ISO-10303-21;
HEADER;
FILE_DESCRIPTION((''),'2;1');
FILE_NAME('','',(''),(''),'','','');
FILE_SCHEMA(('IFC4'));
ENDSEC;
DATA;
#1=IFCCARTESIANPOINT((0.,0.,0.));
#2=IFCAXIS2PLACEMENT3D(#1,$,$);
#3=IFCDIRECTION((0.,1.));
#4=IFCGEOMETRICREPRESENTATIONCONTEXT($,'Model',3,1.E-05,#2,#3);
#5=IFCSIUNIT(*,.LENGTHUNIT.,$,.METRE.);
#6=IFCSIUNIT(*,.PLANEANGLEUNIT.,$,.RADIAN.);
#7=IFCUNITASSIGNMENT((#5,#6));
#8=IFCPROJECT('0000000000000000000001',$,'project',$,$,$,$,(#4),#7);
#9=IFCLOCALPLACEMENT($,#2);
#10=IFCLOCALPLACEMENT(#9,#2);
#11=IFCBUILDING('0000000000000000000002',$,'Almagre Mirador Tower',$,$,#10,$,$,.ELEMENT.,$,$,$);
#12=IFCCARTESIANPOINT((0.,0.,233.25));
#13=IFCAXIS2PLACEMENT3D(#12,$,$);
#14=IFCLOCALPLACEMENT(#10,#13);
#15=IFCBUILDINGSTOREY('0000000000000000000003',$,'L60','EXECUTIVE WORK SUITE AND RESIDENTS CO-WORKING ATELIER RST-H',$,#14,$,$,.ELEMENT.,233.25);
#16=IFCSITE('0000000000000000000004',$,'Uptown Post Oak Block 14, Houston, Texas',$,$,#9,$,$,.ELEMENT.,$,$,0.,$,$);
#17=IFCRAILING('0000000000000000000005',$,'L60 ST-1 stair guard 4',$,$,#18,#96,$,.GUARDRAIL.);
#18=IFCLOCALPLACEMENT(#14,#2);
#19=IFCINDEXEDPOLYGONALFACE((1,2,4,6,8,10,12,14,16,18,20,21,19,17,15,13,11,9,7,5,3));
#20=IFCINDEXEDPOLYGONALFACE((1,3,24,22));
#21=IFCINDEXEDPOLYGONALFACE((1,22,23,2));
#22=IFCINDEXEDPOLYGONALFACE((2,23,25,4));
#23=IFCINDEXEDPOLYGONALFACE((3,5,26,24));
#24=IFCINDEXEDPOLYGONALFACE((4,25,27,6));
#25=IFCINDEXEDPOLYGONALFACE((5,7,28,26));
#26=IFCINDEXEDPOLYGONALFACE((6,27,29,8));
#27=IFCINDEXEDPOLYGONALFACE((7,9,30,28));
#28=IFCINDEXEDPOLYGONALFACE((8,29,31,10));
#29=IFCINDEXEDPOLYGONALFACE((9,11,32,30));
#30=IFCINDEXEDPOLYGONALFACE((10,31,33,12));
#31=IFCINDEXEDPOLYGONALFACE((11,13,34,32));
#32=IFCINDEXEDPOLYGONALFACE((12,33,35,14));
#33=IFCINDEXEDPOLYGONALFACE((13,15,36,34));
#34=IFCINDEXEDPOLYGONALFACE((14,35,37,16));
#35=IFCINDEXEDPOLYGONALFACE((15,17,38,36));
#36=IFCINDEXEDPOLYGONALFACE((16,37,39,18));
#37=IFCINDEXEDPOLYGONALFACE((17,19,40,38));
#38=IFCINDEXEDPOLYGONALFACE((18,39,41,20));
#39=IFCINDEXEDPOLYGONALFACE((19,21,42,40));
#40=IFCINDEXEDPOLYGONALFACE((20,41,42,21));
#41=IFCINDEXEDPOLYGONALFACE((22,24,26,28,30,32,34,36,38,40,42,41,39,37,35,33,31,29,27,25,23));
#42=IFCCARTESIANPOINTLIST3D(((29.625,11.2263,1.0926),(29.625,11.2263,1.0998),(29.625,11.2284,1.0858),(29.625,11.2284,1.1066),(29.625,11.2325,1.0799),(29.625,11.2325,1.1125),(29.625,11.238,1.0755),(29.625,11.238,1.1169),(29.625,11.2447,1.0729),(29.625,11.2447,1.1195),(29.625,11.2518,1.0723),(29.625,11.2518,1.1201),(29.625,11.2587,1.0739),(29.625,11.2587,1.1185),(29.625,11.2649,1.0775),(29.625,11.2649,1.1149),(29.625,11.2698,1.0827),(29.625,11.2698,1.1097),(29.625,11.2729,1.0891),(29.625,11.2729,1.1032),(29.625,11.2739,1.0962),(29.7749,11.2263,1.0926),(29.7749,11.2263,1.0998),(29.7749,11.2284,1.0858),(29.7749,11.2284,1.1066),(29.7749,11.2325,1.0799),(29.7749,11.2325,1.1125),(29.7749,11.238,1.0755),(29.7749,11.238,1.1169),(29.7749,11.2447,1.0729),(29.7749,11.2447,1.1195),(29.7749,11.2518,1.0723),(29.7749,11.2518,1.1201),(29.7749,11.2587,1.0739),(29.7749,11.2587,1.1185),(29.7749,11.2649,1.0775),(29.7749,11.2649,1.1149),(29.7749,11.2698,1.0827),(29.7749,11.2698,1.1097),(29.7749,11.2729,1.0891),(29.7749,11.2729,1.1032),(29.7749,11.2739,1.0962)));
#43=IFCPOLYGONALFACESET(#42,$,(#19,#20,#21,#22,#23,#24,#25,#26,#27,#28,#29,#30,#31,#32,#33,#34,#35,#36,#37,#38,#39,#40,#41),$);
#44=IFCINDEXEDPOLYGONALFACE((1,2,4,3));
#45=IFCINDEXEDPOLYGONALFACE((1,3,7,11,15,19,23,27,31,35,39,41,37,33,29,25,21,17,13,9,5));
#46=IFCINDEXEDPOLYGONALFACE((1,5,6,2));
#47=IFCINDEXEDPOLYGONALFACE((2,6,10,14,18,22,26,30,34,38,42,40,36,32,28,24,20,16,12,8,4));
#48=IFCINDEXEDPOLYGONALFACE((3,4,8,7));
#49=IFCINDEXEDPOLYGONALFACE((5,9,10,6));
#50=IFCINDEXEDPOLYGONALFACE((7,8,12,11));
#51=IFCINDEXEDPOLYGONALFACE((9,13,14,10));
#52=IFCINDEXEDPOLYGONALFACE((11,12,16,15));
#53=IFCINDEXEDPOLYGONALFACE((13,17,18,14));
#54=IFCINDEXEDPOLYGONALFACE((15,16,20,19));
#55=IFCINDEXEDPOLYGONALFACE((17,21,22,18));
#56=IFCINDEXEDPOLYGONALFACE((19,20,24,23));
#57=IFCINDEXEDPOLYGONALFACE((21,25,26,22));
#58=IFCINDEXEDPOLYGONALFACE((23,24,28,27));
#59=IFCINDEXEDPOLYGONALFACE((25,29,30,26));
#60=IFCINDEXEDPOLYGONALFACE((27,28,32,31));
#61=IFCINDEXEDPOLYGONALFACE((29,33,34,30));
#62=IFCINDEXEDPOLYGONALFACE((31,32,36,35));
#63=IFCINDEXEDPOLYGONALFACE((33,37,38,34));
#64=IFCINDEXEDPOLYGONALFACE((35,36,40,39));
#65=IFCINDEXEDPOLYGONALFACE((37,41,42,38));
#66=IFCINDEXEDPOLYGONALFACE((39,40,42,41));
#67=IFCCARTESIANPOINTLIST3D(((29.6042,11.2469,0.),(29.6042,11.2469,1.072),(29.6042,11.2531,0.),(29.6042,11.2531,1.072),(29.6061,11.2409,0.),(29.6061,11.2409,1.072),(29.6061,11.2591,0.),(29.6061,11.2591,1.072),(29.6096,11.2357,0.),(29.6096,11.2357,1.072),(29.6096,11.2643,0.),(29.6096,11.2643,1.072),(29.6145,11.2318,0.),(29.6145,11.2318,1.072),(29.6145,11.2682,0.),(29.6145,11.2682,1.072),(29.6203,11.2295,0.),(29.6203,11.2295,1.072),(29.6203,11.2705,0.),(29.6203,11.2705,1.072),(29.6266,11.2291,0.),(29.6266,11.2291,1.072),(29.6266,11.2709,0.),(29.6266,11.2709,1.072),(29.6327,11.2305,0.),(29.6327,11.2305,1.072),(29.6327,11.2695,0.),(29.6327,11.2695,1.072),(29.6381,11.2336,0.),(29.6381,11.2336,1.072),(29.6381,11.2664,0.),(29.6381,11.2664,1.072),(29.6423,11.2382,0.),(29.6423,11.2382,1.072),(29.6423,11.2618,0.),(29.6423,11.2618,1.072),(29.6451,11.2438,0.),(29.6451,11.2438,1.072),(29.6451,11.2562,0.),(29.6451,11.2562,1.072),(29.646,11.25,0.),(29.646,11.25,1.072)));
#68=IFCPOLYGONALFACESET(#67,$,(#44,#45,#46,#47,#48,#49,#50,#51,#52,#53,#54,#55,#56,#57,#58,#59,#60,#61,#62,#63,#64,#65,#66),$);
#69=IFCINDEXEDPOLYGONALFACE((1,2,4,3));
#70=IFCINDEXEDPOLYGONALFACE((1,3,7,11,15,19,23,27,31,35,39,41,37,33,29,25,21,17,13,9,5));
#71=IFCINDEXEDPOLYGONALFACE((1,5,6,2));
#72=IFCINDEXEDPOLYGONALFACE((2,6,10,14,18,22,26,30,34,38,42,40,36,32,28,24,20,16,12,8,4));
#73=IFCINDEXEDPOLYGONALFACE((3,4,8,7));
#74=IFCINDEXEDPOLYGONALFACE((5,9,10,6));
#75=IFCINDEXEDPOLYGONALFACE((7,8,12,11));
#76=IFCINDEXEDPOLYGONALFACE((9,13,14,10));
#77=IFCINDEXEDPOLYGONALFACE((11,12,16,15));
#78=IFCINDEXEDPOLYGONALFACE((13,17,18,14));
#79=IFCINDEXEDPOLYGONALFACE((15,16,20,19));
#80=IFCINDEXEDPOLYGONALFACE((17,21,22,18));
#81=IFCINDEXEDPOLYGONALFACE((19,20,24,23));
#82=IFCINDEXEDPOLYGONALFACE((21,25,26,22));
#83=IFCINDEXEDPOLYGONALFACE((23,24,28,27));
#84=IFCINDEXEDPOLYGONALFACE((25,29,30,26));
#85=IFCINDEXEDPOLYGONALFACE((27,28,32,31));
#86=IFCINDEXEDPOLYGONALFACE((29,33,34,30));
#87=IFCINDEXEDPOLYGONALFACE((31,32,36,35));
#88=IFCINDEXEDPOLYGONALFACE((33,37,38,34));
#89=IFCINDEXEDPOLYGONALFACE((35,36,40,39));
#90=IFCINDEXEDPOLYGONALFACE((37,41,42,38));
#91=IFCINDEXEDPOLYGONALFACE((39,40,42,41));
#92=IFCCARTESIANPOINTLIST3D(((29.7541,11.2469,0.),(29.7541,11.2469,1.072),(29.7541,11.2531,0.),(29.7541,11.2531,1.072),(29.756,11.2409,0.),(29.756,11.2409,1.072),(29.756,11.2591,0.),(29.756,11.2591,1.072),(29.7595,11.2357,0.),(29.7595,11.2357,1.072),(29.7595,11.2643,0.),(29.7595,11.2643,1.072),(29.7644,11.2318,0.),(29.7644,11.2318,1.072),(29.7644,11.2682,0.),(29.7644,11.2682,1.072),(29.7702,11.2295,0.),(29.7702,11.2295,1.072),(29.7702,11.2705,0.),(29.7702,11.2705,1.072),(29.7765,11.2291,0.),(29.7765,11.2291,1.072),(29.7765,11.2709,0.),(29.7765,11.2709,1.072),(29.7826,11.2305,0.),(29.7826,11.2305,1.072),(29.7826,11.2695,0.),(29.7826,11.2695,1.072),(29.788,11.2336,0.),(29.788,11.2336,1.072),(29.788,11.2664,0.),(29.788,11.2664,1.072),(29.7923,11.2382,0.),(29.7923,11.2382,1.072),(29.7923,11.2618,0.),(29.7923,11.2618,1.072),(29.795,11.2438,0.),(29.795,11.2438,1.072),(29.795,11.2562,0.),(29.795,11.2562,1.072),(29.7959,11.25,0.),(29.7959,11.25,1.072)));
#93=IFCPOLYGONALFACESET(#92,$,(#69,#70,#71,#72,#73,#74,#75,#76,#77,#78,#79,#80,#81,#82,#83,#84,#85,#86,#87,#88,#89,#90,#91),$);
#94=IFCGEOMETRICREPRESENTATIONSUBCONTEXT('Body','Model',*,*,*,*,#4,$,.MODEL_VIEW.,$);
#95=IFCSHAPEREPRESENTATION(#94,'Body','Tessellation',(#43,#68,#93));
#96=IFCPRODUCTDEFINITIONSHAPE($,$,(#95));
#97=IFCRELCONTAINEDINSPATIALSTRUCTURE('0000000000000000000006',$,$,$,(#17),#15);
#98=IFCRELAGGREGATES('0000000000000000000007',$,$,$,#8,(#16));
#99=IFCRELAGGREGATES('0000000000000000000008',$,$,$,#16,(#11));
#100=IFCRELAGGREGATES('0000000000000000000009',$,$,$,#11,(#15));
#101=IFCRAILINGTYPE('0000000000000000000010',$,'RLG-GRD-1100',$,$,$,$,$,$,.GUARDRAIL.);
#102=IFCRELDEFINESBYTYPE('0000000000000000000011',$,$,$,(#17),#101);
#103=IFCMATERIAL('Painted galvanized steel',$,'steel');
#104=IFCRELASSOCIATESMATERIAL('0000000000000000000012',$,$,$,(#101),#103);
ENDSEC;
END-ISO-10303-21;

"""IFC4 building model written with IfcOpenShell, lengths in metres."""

from ifc_helpers import new_model, si_unit, direction, frame, origin, origin_2d, place, context, subcontext, project, spatial, circle, extrude, material, type_object, element, save


model = new_model("IFC4")

# Units and contexts
model_context = context("Model", 3, precision=1e-05, world=origin(), true_north=direction((0.0, 1.0)))
body_context = subcontext(model_context, "Body", "Model", "MODEL_VIEW")
ifc_project = project(units=[si_unit("LENGTHUNIT", "METRE"), si_unit("PLANEANGLEUNIT", "RADIAN")], contexts=[model_context])

# Site, building, storey
site_placement = place(None, origin())
site = spatial("IfcSite", under=ifc_project, at=site_placement, Name="Uptown Post Oak Block 14, Houston, Texas", CompositionType="ELEMENT", RefElevation=0.0)
building_placement = place(site_placement, origin())
building = spatial("IfcBuilding", under=site, at=building_placement, Name="Almagre Mirador Tower", CompositionType="ELEMENT")
storey_placement = place(building_placement, frame((0.0, 0.0, 233.25)))
storey = spatial("IfcBuildingStorey", under=building, at=storey_placement, Name="L60", Description="EXECUTIVE WORK SUITE AND RESIDENTS CO-WORKING ATELIER RST-H", CompositionType="ELEMENT", Elevation=233.25)

# Railing
ifc_material_1 = material(Name="Painted galvanized steel", Category="steel")
railing_type = type_object("IfcRailingType", Name="RLG-GRD-1100", PredefinedType="GUARDRAIL", material=ifc_material_1)
railing_1_placement = place(storey_placement, frame((29.625, 11.25, 0.0)))
element("IfcRailing", 1, at=railing_1_placement, inside=storey, type_object=railing_type, Name="L60 ST-1 stair guard 4", PredefinedType="GUARDRAIL", context=body_context, shape_type="SweptSolid", body=[
    extrude(circle(Radius=0.0239, at=origin_2d()), frame((0.0, 0.0, 1.0962), z_axis=(1.0, 0.0, 0.0), x_axis=(0.0, 1.0, 0.0)), (0.0, 0.0, 1.0), 0.1499),
    extrude(circle(Radius=0.021, at=origin_2d()), origin(), (0.0, 0.0, 1.0), 1.072),
    extrude(circle(Radius=0.021, at=origin_2d()), frame((0.1499, 0.0, 0.0)), (0.0, 0.0, 1.0), 1.072),
])

save(model, "model.ifc")
